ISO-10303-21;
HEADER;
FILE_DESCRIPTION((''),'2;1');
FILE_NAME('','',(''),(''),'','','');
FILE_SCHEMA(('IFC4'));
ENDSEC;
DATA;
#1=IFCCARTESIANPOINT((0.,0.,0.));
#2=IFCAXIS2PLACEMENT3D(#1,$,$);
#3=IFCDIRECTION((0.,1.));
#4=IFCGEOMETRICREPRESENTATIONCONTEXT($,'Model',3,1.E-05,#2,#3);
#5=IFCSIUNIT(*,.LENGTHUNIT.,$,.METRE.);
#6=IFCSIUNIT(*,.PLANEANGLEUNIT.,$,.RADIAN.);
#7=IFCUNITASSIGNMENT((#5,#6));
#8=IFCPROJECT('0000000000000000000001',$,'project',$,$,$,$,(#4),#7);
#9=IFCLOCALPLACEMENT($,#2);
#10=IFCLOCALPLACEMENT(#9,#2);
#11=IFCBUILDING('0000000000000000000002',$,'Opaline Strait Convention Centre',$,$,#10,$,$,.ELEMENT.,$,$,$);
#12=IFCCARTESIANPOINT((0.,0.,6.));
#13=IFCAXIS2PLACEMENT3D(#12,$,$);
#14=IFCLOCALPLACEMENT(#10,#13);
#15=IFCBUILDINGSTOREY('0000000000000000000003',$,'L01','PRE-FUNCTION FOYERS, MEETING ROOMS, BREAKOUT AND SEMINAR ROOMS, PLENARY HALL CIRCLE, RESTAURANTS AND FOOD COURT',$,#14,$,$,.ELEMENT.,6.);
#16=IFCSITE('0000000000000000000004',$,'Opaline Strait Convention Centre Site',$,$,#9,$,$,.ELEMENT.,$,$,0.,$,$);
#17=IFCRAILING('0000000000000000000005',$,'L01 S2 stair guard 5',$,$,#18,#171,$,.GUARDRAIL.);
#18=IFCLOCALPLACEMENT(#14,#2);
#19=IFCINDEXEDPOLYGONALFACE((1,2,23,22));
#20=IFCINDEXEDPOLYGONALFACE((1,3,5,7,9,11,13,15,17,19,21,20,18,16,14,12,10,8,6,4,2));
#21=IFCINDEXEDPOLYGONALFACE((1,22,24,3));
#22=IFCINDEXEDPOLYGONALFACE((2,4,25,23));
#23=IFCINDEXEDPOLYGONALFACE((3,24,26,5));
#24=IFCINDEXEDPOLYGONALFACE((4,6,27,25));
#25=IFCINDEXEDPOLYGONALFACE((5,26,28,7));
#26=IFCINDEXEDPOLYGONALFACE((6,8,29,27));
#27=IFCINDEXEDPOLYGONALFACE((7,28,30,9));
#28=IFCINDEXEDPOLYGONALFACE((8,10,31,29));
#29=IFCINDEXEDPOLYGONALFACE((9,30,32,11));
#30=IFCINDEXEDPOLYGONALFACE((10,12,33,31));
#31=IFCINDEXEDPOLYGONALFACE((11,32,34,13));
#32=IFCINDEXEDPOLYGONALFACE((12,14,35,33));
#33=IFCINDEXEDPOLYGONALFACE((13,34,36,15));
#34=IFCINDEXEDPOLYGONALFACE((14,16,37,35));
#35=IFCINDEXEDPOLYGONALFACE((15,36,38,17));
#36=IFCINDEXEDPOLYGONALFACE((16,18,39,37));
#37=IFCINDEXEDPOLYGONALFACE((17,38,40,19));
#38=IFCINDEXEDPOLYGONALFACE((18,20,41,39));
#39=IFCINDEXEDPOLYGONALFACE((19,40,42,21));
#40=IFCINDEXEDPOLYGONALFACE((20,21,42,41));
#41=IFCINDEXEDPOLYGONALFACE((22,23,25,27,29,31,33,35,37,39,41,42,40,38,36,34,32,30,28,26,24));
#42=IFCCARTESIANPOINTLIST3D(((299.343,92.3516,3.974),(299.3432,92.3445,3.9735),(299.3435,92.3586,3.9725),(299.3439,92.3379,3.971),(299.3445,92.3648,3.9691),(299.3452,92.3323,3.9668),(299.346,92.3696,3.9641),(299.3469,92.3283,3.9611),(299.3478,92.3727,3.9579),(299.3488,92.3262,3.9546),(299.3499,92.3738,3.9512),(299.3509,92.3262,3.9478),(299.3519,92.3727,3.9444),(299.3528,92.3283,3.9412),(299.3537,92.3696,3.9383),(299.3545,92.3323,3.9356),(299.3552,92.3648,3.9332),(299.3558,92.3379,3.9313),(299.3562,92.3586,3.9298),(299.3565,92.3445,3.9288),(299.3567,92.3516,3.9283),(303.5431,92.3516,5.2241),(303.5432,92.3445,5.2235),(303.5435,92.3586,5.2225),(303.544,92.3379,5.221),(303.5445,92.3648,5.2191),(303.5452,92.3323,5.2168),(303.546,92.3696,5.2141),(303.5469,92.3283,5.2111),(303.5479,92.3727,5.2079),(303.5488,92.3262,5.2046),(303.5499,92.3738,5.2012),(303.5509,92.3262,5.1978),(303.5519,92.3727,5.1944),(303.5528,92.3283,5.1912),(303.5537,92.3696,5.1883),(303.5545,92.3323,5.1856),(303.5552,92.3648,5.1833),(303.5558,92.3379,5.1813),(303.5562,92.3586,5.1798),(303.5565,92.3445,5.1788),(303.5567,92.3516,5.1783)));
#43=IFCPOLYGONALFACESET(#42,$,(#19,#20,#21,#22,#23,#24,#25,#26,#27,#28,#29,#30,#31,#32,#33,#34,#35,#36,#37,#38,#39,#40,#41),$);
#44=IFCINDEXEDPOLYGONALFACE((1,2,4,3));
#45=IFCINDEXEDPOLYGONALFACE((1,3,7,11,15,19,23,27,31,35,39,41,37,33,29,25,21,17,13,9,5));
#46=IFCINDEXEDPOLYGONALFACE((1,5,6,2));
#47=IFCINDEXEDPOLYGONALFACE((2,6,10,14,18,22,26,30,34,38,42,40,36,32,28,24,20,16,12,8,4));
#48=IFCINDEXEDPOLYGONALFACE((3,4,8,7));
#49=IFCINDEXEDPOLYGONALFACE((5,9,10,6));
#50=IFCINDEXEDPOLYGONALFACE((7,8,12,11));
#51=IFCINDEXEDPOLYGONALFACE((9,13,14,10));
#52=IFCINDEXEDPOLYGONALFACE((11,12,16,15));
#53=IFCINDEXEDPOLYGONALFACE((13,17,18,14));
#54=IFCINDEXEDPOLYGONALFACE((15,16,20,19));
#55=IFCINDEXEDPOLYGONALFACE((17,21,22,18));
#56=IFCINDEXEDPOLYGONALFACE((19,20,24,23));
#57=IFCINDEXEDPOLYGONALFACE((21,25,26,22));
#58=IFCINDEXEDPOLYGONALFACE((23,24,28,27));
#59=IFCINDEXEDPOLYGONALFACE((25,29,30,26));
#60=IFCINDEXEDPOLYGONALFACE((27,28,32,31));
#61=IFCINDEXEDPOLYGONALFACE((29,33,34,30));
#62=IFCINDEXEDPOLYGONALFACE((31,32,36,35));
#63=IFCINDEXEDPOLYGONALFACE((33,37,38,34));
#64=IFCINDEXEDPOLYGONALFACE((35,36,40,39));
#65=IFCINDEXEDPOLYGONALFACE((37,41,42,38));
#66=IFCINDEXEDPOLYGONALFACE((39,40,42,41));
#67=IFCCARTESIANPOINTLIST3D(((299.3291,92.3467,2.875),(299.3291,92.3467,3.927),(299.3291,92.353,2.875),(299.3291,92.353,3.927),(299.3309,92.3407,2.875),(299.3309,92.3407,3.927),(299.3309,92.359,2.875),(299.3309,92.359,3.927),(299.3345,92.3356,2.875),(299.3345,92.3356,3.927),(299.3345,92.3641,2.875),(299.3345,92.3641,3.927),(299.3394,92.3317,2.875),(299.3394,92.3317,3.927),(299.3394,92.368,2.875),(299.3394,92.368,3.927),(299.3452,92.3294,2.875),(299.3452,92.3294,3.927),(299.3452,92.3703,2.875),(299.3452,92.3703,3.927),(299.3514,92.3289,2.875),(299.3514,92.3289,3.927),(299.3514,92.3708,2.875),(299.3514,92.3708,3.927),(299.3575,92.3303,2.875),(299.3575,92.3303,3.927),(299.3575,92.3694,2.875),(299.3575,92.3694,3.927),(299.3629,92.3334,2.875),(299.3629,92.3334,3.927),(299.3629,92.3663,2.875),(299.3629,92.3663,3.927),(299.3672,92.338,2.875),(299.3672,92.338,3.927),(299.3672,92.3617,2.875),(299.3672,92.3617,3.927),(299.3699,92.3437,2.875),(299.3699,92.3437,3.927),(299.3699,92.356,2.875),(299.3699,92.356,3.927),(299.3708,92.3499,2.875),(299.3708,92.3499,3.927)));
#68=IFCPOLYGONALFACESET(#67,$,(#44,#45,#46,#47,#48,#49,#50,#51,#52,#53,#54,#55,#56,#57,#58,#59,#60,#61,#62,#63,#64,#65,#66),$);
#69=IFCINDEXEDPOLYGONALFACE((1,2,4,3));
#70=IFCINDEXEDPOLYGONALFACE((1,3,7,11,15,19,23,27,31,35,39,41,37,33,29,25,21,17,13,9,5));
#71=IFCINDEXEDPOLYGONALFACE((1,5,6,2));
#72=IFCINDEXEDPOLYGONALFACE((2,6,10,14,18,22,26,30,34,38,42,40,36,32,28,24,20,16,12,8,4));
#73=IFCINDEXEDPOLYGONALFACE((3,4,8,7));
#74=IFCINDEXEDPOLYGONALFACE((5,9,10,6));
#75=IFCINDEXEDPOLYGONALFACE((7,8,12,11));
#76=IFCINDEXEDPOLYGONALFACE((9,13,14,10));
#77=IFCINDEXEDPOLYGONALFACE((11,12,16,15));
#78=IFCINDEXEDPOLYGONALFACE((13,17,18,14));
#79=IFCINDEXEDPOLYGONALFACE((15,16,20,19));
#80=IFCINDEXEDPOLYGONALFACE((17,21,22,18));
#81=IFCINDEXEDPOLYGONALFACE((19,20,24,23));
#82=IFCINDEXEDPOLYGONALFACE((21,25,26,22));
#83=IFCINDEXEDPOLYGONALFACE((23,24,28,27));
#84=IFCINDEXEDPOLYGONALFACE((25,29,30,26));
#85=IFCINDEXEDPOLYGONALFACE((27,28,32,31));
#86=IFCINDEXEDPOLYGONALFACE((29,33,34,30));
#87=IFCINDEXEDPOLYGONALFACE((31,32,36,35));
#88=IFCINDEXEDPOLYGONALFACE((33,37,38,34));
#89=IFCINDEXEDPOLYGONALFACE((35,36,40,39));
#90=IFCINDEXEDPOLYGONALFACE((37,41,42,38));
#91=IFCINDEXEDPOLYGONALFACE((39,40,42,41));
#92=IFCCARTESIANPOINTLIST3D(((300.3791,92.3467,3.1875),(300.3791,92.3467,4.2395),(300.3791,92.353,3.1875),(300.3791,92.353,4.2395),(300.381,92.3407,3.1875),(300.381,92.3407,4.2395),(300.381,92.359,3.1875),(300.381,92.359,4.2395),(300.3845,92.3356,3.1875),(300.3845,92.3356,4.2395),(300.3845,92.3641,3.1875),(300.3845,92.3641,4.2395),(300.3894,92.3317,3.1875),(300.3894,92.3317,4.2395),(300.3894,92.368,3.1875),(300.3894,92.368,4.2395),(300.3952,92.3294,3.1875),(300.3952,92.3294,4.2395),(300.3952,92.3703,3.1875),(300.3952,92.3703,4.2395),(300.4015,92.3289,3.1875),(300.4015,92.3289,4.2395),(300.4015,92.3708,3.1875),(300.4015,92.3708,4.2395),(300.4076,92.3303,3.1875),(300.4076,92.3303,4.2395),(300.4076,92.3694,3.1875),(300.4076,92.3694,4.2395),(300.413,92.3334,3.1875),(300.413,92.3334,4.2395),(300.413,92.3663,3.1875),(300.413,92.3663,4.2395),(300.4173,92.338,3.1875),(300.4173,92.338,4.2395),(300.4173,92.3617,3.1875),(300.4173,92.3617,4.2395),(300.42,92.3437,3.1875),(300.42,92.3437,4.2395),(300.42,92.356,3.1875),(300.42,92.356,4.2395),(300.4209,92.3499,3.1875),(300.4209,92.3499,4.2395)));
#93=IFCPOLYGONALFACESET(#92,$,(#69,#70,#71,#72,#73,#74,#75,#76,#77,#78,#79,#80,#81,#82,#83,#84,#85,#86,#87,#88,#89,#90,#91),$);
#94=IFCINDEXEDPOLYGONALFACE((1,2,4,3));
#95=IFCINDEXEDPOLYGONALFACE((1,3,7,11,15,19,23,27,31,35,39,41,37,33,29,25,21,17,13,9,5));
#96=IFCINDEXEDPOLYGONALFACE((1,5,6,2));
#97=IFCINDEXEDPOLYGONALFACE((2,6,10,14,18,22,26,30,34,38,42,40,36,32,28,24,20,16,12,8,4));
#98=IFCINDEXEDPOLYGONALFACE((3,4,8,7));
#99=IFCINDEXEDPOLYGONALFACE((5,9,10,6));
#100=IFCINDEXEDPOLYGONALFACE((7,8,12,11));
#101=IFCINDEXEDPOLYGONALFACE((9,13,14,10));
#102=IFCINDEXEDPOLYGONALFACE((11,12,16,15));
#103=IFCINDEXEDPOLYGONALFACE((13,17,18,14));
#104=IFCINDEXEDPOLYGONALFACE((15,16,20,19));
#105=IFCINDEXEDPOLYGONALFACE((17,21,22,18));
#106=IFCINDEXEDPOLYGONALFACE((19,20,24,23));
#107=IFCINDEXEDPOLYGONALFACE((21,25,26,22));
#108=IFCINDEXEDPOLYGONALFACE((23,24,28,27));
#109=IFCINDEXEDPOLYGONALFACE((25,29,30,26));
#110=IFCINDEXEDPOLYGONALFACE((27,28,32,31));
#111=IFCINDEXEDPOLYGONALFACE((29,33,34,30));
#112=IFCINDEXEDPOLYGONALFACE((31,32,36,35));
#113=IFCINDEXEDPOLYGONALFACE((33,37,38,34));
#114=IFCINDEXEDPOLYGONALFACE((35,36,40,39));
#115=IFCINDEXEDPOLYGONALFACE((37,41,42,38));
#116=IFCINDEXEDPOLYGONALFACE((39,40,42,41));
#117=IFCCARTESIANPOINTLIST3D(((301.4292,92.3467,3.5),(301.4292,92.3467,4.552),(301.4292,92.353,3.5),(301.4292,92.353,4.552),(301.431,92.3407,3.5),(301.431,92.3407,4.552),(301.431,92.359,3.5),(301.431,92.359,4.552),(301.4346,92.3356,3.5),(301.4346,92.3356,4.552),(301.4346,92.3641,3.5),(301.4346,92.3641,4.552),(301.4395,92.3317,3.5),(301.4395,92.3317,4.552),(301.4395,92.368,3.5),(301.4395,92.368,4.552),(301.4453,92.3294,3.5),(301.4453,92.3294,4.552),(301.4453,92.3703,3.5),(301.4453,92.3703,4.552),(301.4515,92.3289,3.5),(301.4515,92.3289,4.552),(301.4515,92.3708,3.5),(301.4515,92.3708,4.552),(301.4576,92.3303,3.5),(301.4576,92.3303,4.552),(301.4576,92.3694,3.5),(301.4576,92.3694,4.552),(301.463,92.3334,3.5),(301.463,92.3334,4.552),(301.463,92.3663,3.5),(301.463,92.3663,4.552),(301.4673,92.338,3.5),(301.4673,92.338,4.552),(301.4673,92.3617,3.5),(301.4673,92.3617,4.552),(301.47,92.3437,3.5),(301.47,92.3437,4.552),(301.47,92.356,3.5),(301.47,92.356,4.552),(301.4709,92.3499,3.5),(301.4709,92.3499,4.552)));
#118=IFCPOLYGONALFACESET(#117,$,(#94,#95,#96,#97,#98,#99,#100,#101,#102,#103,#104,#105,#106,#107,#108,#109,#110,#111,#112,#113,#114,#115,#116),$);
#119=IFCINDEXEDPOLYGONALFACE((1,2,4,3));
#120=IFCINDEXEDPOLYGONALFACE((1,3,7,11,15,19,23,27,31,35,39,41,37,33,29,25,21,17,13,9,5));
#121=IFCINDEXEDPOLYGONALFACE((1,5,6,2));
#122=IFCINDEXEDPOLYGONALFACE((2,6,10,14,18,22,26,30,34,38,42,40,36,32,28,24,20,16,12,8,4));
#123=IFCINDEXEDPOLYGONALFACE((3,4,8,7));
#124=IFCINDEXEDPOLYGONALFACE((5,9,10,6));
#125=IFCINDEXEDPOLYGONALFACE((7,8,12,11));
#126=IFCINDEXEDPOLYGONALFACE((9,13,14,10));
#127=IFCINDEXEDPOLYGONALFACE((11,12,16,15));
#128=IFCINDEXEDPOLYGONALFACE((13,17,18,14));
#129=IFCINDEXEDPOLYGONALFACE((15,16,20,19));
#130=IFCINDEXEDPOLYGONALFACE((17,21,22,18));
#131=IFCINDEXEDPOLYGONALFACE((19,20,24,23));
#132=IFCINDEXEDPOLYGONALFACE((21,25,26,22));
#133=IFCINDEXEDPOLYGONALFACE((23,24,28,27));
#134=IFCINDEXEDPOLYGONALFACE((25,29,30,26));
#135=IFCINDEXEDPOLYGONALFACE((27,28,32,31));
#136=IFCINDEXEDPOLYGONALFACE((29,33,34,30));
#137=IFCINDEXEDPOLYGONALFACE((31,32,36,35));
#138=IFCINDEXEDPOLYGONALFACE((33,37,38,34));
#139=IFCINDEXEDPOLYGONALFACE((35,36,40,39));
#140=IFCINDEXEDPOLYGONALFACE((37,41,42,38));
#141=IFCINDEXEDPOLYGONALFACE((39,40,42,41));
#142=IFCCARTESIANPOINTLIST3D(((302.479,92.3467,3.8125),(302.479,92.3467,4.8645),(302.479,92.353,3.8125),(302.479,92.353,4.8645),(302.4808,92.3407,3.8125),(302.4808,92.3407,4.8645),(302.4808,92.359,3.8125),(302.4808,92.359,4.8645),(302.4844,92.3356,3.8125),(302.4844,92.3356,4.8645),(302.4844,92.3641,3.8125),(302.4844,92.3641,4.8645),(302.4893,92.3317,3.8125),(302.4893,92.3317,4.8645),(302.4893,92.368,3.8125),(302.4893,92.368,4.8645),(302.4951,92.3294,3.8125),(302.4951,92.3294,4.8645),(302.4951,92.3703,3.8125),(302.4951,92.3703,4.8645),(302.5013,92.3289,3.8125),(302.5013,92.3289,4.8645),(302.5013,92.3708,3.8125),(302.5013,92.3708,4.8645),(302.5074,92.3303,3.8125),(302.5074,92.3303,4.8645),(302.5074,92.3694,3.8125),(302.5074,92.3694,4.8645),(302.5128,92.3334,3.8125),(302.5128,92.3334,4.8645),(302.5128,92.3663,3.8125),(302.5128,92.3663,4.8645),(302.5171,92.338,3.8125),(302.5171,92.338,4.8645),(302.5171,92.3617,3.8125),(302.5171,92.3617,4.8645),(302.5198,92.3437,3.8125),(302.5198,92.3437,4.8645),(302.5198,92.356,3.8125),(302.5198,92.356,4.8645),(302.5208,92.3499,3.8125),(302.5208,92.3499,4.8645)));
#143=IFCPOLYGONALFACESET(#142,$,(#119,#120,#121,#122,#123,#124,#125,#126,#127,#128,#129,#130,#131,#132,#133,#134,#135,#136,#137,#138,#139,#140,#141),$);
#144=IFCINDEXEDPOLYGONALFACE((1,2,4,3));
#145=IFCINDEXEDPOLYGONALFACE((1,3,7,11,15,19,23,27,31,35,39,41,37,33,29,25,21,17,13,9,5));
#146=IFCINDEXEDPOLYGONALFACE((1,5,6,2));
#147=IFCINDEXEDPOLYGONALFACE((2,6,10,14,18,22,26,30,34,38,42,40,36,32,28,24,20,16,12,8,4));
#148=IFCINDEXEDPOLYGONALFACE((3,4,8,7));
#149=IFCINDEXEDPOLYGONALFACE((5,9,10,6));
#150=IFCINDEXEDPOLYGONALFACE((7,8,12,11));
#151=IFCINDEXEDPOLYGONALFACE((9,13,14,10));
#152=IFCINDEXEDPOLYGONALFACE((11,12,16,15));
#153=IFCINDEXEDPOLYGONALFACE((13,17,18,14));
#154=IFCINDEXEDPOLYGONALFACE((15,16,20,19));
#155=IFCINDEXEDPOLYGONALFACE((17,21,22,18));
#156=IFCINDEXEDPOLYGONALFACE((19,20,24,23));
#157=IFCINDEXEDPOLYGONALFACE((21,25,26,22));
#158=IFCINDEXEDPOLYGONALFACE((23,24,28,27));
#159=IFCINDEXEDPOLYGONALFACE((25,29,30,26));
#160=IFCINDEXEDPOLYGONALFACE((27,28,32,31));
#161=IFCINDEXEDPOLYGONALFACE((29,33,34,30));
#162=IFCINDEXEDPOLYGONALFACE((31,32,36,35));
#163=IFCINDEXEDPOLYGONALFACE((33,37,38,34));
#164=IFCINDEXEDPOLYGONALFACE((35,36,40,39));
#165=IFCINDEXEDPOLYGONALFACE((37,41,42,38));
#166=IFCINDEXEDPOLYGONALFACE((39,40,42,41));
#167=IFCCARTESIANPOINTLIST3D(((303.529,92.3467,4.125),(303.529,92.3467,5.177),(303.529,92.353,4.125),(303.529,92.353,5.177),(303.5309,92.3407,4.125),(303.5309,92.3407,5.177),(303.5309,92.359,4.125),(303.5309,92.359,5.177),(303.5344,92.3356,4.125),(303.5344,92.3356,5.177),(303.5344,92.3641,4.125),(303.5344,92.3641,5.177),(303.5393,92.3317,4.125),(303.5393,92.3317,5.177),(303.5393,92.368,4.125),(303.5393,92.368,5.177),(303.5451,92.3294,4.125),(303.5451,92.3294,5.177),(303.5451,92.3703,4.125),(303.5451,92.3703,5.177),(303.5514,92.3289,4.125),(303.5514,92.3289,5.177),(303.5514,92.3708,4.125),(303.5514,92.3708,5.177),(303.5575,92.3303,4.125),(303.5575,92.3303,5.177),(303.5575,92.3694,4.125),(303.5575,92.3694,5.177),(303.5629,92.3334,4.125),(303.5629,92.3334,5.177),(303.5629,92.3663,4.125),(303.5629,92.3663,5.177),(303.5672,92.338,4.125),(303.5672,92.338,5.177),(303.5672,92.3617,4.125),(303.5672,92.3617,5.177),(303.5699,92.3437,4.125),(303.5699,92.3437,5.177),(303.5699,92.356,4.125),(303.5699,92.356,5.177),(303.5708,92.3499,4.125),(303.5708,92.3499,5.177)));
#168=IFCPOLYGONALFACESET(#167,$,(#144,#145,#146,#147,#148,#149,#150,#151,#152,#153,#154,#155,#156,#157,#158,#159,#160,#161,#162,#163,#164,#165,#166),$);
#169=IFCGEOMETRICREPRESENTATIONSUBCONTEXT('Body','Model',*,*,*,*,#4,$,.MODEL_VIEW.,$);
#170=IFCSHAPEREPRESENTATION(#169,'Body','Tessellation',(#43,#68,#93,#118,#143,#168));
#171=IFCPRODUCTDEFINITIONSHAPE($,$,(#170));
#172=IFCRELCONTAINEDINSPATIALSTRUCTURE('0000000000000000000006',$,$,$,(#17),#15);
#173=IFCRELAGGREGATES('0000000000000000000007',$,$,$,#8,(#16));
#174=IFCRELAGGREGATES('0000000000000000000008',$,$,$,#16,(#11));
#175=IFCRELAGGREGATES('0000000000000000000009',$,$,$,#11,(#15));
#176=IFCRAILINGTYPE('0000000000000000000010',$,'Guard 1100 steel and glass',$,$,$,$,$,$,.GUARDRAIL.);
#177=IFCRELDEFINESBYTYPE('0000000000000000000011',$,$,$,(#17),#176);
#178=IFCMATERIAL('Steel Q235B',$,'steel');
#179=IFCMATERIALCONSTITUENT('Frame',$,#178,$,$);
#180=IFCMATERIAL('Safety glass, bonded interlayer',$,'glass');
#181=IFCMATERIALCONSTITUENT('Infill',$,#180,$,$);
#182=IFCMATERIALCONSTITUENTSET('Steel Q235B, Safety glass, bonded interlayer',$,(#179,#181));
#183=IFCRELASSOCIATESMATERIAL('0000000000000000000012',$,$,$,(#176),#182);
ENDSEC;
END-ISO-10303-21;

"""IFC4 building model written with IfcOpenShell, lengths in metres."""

from ifc_helpers import new_model, si_unit, direction, frame, origin, origin_2d, place, context, subcontext, project, spatial, circle, extrude, material, constituent, constituent_set, type_object, element, save


model = new_model("IFC4")

# Units and contexts
model_context = context("Model", 3, precision=1e-05, world=origin(), true_north=direction((0.0, 1.0)))
body_context = subcontext(model_context, "Body", "Model", "MODEL_VIEW")
ifc_project = project(units=[si_unit("LENGTHUNIT", "METRE"), si_unit("PLANEANGLEUNIT", "RADIAN")], contexts=[model_context])

# Site, building, storey
site_placement = place(None, origin())
site = spatial("IfcSite", under=ifc_project, at=site_placement, Name="Opaline Strait Convention Centre Site", CompositionType="ELEMENT", RefElevation=0.0)
building_placement = place(site_placement, origin())
building = spatial("IfcBuilding", under=site, at=building_placement, Name="Opaline Strait Convention Centre", CompositionType="ELEMENT")
storey_placement = place(building_placement, frame((0.0, 0.0, 6.0)))
storey = spatial("IfcBuildingStorey", under=building, at=storey_placement, Name="L01", Description="PRE-FUNCTION FOYERS, MEETING ROOMS, BREAKOUT AND SEMINAR ROOMS, PLENARY HALL CIRCLE, RESTAURANTS AND FOOD COURT", CompositionType="ELEMENT", Elevation=6.0)

# Railing
ifc_material_1 = material(Name="Steel Q235B", Category="steel")
ifc_constituent_1 = constituent(ifc_material_1, Name="Frame")
ifc_material_2 = material(Name="Safety glass, bonded interlayer", Category="glass")
ifc_constituent_2 = constituent(ifc_material_2, Name="Infill")
ifc_constituent_set = constituent_set(constituents=[ifc_constituent_1, ifc_constituent_2], Name="Steel Q235B, Safety glass, bonded interlayer")
railing_type_1 = type_object("IfcRailingType", Name="Guard 1100 steel and glass", PredefinedType="GUARDRAIL", material=ifc_constituent_set)
railing_1_placement = place(storey_placement, frame((299.3499, 92.3499, 2.875)))
element("IfcRailing", 1, at=railing_1_placement, inside=storey, type_object=railing_type_1, Name="L01 S2 stair guard 5", PredefinedType="GUARDRAIL", context=body_context, shape_type="SweptSolid", body=[
    extrude(circle(Radius=0.0239, at=origin_2d()), frame((0.0, 0.0, 1.0762), z_axis=(0.958451, 0.0, 0.285257), x_axis=(0.0, 1.0, 0.0)), (0.0, 0.0, 1.0), 4.3821),
    extrude(circle(Radius=0.021, at=origin_2d()), origin(), (0.0, 0.0, 1.0), 1.052),
    extrude(circle(Radius=0.021, at=origin_2d()), frame((1.05, 0.0, 0.3125)), (0.0, 0.0, 1.0), 1.052),
    extrude(circle(Radius=0.021, at=origin_2d()), frame((2.1001, 0.0, 0.625)), (0.0, 0.0, 1.0), 1.052),
    extrude(circle(Radius=0.021, at=origin_2d()), frame((3.1499, 0.0, 0.9375)), (0.0, 0.0, 1.0), 1.052),
    extrude(circle(Radius=0.021, at=origin_2d()), frame((4.2, 0.0, 1.25)), (0.0, 0.0, 1.0), 1.052),
])

save(model, "model.ifc")
